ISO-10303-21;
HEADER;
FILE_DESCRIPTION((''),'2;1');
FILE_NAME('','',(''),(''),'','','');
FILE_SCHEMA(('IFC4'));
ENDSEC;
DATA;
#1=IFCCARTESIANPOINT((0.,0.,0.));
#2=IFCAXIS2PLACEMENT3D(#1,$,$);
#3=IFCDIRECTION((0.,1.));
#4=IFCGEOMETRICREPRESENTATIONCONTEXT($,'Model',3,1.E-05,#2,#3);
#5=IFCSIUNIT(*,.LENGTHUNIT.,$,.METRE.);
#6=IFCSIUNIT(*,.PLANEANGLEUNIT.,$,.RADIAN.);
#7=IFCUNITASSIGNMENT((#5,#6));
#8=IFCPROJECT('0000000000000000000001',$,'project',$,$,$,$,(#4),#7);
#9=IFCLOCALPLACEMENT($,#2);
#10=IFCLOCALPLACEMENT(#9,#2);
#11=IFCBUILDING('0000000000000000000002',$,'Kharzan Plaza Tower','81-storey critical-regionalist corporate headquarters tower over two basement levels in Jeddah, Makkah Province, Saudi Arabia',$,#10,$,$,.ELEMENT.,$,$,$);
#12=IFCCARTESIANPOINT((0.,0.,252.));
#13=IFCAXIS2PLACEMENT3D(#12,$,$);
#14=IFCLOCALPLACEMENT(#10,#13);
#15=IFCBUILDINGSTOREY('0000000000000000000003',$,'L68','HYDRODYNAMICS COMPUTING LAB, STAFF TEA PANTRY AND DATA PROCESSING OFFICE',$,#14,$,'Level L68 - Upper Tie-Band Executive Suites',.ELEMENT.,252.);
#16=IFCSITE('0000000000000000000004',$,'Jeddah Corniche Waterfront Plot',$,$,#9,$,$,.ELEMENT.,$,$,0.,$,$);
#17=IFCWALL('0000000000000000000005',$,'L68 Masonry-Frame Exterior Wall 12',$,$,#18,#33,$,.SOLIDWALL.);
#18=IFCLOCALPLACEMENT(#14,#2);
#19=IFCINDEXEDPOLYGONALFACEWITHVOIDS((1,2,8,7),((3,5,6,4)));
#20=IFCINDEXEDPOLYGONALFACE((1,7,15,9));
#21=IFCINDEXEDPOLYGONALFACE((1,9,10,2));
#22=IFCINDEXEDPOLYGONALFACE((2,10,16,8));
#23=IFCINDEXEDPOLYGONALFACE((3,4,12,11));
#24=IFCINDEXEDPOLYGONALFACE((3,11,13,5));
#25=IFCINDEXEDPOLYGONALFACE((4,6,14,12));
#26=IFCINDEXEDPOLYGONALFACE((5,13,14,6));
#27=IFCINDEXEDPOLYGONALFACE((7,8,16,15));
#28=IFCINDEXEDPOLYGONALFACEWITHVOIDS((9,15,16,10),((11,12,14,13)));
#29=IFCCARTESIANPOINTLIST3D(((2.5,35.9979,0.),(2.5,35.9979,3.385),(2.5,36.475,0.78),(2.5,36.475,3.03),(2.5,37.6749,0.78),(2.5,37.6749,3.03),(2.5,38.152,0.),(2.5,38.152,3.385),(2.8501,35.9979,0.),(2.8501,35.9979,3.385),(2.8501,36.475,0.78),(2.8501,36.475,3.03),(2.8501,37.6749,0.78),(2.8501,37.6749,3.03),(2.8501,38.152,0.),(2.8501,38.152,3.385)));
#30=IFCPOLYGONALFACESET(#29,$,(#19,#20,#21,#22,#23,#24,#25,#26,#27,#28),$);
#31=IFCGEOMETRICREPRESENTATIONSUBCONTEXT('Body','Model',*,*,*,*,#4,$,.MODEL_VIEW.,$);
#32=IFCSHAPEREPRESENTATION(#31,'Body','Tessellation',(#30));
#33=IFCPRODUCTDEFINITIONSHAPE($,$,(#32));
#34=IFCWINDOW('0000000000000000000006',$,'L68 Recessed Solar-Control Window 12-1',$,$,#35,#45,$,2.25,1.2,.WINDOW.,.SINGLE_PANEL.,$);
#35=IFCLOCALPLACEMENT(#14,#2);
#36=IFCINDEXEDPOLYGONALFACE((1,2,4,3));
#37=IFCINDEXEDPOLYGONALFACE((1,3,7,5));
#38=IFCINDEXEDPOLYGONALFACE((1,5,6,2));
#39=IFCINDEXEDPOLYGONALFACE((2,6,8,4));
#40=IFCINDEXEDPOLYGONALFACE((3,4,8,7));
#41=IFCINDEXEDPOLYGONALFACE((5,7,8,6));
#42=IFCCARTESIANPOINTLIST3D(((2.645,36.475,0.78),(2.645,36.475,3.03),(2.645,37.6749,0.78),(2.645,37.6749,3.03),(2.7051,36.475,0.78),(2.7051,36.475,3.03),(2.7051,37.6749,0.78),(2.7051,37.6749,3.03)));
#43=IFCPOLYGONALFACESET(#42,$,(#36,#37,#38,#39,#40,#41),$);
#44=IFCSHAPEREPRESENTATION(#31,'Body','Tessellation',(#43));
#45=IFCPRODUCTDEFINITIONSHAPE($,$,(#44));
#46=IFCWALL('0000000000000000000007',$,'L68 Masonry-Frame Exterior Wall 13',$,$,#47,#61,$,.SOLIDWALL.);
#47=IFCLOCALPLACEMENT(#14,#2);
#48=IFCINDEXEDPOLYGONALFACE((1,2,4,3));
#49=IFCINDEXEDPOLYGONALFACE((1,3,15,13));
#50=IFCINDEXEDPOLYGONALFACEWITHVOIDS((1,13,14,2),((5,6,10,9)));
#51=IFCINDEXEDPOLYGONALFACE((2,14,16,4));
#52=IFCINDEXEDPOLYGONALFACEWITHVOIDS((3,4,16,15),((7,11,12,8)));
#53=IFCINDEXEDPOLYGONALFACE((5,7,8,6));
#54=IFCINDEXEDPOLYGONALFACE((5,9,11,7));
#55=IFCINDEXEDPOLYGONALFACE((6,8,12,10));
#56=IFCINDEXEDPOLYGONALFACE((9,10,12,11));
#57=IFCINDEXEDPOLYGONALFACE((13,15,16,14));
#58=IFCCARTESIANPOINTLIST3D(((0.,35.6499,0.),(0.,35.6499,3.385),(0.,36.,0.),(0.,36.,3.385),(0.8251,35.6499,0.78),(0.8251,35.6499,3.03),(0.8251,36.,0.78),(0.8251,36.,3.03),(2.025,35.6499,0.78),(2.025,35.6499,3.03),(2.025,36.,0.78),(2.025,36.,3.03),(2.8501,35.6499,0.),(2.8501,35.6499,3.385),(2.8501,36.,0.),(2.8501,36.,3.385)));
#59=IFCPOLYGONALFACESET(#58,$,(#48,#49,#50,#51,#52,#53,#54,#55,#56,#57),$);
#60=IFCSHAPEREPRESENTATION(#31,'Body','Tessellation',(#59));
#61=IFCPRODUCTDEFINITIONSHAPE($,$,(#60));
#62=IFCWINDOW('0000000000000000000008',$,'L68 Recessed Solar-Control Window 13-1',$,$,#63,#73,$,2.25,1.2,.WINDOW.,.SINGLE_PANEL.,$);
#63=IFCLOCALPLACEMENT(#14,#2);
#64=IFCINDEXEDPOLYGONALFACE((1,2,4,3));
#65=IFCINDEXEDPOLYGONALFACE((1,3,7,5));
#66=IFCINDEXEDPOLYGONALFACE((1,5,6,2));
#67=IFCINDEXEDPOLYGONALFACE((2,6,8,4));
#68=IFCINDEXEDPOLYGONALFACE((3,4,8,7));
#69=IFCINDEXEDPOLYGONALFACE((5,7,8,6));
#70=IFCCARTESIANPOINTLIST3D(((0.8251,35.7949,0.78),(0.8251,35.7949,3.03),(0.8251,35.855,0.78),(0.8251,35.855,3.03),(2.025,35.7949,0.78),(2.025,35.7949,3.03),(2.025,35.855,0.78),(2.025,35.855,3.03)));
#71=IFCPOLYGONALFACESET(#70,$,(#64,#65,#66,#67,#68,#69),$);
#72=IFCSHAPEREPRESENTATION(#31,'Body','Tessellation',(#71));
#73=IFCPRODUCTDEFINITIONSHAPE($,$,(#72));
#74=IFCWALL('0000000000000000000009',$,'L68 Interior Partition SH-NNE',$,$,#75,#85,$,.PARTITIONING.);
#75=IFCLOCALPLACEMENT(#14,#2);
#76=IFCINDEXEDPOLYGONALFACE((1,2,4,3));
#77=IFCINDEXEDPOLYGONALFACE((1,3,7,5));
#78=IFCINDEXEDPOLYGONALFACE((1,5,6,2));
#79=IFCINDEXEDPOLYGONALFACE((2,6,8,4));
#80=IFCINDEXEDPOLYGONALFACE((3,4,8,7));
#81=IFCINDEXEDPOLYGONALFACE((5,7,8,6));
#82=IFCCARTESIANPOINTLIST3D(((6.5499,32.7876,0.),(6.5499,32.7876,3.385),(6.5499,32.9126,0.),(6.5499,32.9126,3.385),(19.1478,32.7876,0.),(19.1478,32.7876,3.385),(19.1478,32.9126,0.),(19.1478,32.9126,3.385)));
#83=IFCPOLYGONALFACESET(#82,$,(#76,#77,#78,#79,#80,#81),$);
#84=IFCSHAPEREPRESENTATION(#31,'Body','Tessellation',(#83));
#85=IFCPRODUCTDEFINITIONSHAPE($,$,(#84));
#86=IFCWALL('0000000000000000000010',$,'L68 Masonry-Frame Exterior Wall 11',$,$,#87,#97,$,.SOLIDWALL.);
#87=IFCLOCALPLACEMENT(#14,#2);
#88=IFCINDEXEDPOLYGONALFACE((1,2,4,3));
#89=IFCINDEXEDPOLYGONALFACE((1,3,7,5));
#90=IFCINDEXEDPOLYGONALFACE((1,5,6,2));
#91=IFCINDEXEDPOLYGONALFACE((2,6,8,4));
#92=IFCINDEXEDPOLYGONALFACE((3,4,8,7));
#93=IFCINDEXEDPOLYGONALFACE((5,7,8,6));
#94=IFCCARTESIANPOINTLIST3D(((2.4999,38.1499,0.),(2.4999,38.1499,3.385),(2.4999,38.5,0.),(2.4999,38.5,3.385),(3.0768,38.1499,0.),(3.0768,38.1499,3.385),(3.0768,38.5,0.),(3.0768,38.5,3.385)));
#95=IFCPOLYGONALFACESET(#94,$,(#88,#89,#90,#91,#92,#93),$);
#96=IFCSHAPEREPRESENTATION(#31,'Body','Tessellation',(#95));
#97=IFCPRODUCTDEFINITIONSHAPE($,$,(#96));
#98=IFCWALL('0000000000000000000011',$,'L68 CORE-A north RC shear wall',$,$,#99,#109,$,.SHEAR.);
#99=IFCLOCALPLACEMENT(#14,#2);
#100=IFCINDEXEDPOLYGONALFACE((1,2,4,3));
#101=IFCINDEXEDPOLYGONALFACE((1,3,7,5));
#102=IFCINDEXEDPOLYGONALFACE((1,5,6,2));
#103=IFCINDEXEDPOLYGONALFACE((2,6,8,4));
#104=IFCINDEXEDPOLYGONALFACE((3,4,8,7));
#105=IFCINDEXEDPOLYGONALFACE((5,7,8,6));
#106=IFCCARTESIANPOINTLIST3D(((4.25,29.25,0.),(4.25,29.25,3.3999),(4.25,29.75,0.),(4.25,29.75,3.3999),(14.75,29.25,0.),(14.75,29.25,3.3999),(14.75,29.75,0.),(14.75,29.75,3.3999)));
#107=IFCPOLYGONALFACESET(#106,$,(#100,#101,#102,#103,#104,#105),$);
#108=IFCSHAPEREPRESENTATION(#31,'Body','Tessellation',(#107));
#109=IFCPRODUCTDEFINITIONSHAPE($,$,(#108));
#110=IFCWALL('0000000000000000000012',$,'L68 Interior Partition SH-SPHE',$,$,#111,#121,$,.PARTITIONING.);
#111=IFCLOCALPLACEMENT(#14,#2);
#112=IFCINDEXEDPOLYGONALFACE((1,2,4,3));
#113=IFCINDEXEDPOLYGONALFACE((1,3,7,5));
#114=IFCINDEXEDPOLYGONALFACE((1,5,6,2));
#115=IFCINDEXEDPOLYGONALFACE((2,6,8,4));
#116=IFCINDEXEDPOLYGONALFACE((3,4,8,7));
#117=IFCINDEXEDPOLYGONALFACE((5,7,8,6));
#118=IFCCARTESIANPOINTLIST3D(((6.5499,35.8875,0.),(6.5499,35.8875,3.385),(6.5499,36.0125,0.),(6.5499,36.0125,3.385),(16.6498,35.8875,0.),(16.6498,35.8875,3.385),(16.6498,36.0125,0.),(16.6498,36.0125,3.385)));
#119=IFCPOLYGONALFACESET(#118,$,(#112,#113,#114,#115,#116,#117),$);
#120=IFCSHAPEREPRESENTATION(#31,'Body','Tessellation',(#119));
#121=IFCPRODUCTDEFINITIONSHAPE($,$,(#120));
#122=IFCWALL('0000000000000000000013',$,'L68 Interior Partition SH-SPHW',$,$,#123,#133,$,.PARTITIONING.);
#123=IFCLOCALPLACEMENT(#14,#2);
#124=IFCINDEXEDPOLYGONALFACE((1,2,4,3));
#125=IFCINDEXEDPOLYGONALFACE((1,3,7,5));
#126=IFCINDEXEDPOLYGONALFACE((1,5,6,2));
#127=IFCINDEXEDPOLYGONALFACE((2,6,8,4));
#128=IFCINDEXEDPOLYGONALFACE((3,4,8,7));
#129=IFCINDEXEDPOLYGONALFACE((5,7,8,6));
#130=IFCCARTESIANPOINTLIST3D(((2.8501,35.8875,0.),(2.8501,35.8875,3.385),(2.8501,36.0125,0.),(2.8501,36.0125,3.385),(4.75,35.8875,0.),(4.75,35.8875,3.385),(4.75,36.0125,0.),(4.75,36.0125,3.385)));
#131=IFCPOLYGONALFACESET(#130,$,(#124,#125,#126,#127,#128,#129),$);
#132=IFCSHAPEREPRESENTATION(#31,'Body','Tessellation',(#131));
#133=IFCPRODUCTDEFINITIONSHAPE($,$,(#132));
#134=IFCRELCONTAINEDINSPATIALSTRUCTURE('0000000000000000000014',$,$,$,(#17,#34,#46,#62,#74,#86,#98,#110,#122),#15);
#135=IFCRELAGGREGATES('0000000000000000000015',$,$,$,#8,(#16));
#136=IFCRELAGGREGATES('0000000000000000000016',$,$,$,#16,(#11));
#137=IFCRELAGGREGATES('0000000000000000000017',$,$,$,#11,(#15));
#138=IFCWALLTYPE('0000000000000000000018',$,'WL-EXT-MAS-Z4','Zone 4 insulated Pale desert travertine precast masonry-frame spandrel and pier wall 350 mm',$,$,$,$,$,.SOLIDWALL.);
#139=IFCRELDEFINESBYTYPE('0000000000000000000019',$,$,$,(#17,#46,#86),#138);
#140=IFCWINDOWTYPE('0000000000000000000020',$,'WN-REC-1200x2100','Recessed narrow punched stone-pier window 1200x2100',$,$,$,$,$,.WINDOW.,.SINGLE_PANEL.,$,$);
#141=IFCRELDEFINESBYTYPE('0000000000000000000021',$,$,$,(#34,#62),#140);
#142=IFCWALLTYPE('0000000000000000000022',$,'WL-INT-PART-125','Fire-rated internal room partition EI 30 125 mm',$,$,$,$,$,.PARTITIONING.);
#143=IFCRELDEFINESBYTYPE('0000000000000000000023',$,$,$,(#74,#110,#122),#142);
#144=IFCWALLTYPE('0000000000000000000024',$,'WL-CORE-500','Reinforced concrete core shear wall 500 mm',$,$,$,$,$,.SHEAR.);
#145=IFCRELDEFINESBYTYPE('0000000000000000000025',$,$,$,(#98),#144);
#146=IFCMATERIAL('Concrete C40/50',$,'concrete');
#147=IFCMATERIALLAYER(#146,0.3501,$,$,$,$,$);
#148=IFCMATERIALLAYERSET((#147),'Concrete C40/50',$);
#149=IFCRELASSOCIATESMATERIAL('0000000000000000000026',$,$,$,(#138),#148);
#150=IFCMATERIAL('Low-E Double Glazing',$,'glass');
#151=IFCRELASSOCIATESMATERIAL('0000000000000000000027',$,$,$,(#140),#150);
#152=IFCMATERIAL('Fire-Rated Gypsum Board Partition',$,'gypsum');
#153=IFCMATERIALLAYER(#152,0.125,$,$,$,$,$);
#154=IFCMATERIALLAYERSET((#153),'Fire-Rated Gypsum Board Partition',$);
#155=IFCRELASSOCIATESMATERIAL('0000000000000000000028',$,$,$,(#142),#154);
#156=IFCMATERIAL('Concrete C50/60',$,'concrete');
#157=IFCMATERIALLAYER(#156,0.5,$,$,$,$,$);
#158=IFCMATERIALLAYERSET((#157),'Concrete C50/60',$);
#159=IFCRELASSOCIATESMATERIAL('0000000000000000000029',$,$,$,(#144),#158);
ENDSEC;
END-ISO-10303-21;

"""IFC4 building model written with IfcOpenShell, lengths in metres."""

from ifc_helpers import new_model, si_unit, direction, frame, frame_2d, origin, place, context, subcontext, project, spatial, rectangle, extrude, source, transform, mapped, material, layer, layer_set, type_object, element, fill, save


model = new_model("IFC4")

# Units and contexts
model_context = context("Model", 3, precision=1e-05, world=origin(), true_north=direction((0.0, 1.0)))
body_context = subcontext(model_context, "Body", "Model", "MODEL_VIEW")
ifc_project = project(units=[si_unit("LENGTHUNIT", "METRE"), si_unit("PLANEANGLEUNIT", "RADIAN")], contexts=[model_context])

# Site, building, storey
site_placement = place(None, origin())
site = spatial("IfcSite", under=ifc_project, at=site_placement, Name="Jeddah Corniche Waterfront Plot", CompositionType="ELEMENT", RefElevation=0.0)
building_placement = place(site_placement, origin())
building = spatial("IfcBuilding", under=site, at=building_placement, Name="Kharzan Plaza Tower", Description="81-storey critical-regionalist corporate headquarters tower over two basement levels in Jeddah, Makkah Province, Saudi Arabia", CompositionType="ELEMENT")
storey_placement = place(building_placement, frame((0.0, 0.0, 252.0)))
storey = spatial("IfcBuildingStorey", under=building, at=storey_placement, Name="L68", Description="HYDRODYNAMICS COMPUTING LAB, STAFF TEA PANTRY AND DATA PROCESSING OFFICE", LongName="Level L68 - Upper Tie-Band Executive Suites", CompositionType="ELEMENT", Elevation=252.0)

# Shared definitions
ifc_material_1 = material(Name="Concrete C50/60", Category="concrete")

# Walls, openings, windows
ifc_material_2 = material(Name="Concrete C40/50", Category="concrete")
ifc_layer_1 = layer(ifc_material_2, 0.3501)
ifc_layer_set_1 = layer_set([ifc_layer_1], Name="Concrete C40/50")
wall_type_1 = type_object("IfcWallType", Name="WL-EXT-MAS-Z4", Description="Zone 4 insulated Pale desert travertine precast masonry-frame spandrel and pier wall 350 mm", PredefinedType="SOLIDWALL", material=ifc_layer_set_1)
ifc_material_3 = material(Name="Low-E Double Glazing", Category="glass")
wall_1_placement = place(storey_placement, frame((2.675, 38.1521, 0.0), z_axis=(0.0, 0.0, 1.0), x_axis=(0.0, -1.0, 0.0)))
wall_1 = element("IfcWall", 1, at=wall_1_placement, inside=storey, type_object=wall_type_1, Name="L68 Masonry-Frame Exterior Wall 12", PredefinedType="SOLIDWALL", context=body_context, shape_type="SweptSolid", body=[
    extrude(rectangle(XDim=2.1541, YDim=0.3501, at=frame_2d((1.0771, 0.0))), origin(), (0.0, 0.0, 1.0), 3.385),
])
opening_1_placement = place(wall_1_placement, frame((0.4771, 0.0, 0.78)))
opening_1 = element("IfcOpeningElement", 2, at=opening_1_placement, cuts=wall_1, PredefinedType="OPENING", context=body_context, shape_type="SweptSolid", body=[
    extrude(rectangle(XDim=1.2, YDim=2.25, at=frame_2d((0.6001, 1.125))), frame((0.0, 0.1851, 0.0), z_axis=(0.0, -1.0, 0.0), x_axis=(1.0, 0.0, 0.0)), (0.0, 0.0, 1.0), 0.3701),
])
window_type_1 = type_object("IfcWindowType", Name="WN-REC-1200x2100", Description="Recessed narrow punched stone-pier window 1200x2100", PartitioningType="SINGLE_PANEL", PredefinedType="WINDOW", material=ifc_material_3)
shared_shape_1 = source(origin(), body_context, "Body", "SweptSolid", [
    extrude(rectangle(XDim=1.2, YDim=2.25, at=frame_2d((0.6001, 1.125))), frame((0.0, 0.03, 0.0), z_axis=(0.0, -1.0, 0.0), x_axis=(1.0, 0.0, 0.0)), (0.0, 0.0, 1.0), 0.0601),
])
window_1_placement = place(opening_1_placement, origin())
window_1 = element("IfcWindow", 3, at=window_1_placement, inside=storey, type_object=window_type_1, Name="L68 Recessed Solar-Control Window 12-1", OverallHeight=2.25, OverallWidth=1.2, PartitioningType="SINGLE_PANEL", PredefinedType="WINDOW", context=body_context, shape_type="MappedRepresentation", body=[
    mapped(shared_shape_1, transform((0.0, 0.0, 0.0), x_axis=(1.0, 0.0, 0.0), y_axis=(0.0, 1.0, 0.0), z_axis=(0.0, 0.0, 1.0))),
])
fill(opening_1, window_1)
wall_2_placement = place(storey_placement, frame((2.8501, 35.825, 0.0), z_axis=(0.0, 0.0, 1.0), x_axis=(-1.0, 0.0, 0.0)))
wall_2 = element("IfcWall", 4, at=wall_2_placement, inside=storey, type_object=wall_type_1, Name="L68 Masonry-Frame Exterior Wall 13", PredefinedType="SOLIDWALL", context=body_context, shape_type="SweptSolid", body=[
    extrude(rectangle(XDim=2.8501, YDim=0.3501, at=frame_2d((1.425, 0.0))), origin(), (0.0, 0.0, 1.0), 3.385),
])
opening_2_placement = place(wall_2_placement, frame((0.825, 0.0, 0.78)))
opening_2 = element("IfcOpeningElement", 5, at=opening_2_placement, cuts=wall_2, PredefinedType="OPENING", context=body_context, shape_type="SweptSolid", body=[
    extrude(rectangle(XDim=1.2, YDim=2.25, at=frame_2d((0.6001, 1.125))), frame((0.0, 0.1851, 0.0), z_axis=(0.0, -1.0, 0.0), x_axis=(1.0, 0.0, 0.0)), (0.0, 0.0, 1.0), 0.3701),
])
window_2_placement = place(opening_2_placement, origin())
window_2 = element("IfcWindow", 6, at=window_2_placement, inside=storey, type_object=window_type_1, Name="L68 Recessed Solar-Control Window 13-1", OverallHeight=2.25, OverallWidth=1.2, PartitioningType="SINGLE_PANEL", PredefinedType="WINDOW", context=body_context, shape_type="MappedRepresentation", body=[
    mapped(shared_shape_1, transform((0.0, 0.0, 0.0), x_axis=(1.0, 0.0, 0.0), y_axis=(0.0, 1.0, 0.0), z_axis=(0.0, 0.0, 1.0))),
])
fill(opening_2, window_2)

# Shared definitions
ifc_material_4 = material(Name="Fire-Rated Gypsum Board Partition", Category="gypsum")
ifc_layer_2 = layer(ifc_material_4, 0.125)
ifc_layer_set_2 = layer_set([ifc_layer_2], Name="Fire-Rated Gypsum Board Partition")
wall_type_2 = type_object("IfcWallType", Name="WL-INT-PART-125", Description="Fire-rated internal room partition EI 30 125 mm", PredefinedType="PARTITIONING", material=ifc_layer_set_2)

# Walls
shared_shape_2 = source(origin(), body_context, "Body", "SweptSolid", [
    extrude(rectangle(XDim=12.5979, YDim=0.125, at=frame_2d((6.2988, 0.0))), origin(), (0.0, 0.0, 1.0), 3.385),
])
wall_3_placement = place(storey_placement, frame((6.55, 32.8501, 0.0), z_axis=(0.0, 0.0, 1.0), x_axis=(1.0, 0.0, 0.0)))
element("IfcWall", 7, at=wall_3_placement, inside=storey, type_object=wall_type_2, Name="L68 Interior Partition SH-NNE", PredefinedType="PARTITIONING", context=body_context, shape_type="MappedRepresentation", body=[
    mapped(shared_shape_2, transform((0.0, 0.0, 0.0), x_axis=(1.0, 0.0, 0.0), y_axis=(0.0, 1.0, 0.0), z_axis=(0.0, 0.0, 1.0))),
])
shared_shape_3 = source(origin(), body_context, "Body", "SweptSolid", [
    extrude(rectangle(XDim=0.5769, YDim=0.3501, at=frame_2d((0.2886, 0.0))), origin(), (0.0, 0.0, 1.0), 3.385),
])
wall_4_placement = place(storey_placement, frame((3.0769, 38.325, 0.0), z_axis=(0.0, 0.0, 1.0), x_axis=(-1.0, 0.0, 0.0)))
element("IfcWall", 8, at=wall_4_placement, inside=storey, type_object=wall_type_1, Name="L68 Masonry-Frame Exterior Wall 11", PredefinedType="SOLIDWALL", context=body_context, shape_type="MappedRepresentation", body=[
    mapped(shared_shape_3, transform((0.0, 0.0, 0.0), x_axis=(1.0, 0.0, 0.0), y_axis=(0.0, 1.0, 0.0), z_axis=(0.0, 0.0, 1.0))),
])
ifc_layer_3 = layer(ifc_material_1, 0.5)
ifc_layer_set_3 = layer_set([ifc_layer_3], Name="Concrete C50/60")
wall_type_3 = type_object("IfcWallType", Name="WL-CORE-500", Description="Reinforced concrete core shear wall 500 mm", PredefinedType="SHEAR", material=ifc_layer_set_3)
shared_shape_4 = source(origin(), body_context, "Body", "SweptSolid", [
    extrude(rectangle(XDim=10.5, YDim=0.5, at=frame_2d((5.25, 0.0))), origin(), (0.0, 0.0, 1.0), 3.3999),
])
wall_5_placement = place(storey_placement, frame((4.25, 29.5, 0.0), z_axis=(0.0, 0.0, 1.0), x_axis=(1.0, 0.0, 0.0)))
element("IfcWall", 9, at=wall_5_placement, inside=storey, type_object=wall_type_3, Name="L68 CORE-A north RC shear wall", PredefinedType="SHEAR", context=body_context, shape_type="MappedRepresentation", body=[
    mapped(shared_shape_4, transform((0.0, 0.0, 0.0), x_axis=(1.0, 0.0, 0.0), y_axis=(0.0, 1.0, 0.0), z_axis=(0.0, 0.0, 1.0))),
])
shared_shape_5 = source(origin(), body_context, "Body", "SweptSolid", [
    extrude(rectangle(XDim=10.0999, YDim=0.125, at=frame_2d((5.0498, 0.0))), origin(), (0.0, 0.0, 1.0), 3.385),
])
wall_6_placement = place(storey_placement, frame((6.55, 35.95, 0.0), z_axis=(0.0, 0.0, 1.0), x_axis=(1.0, 0.0, 0.0)))
element("IfcWall", 10, at=wall_6_placement, inside=storey, type_object=wall_type_2, Name="L68 Interior Partition SH-SPHE", PredefinedType="PARTITIONING", context=body_context, shape_type="MappedRepresentation", body=[
    mapped(shared_shape_5, transform((0.0, 0.0, 0.0), x_axis=(1.0, 0.0, 0.0), y_axis=(0.0, 1.0, 0.0), z_axis=(0.0, 0.0, 1.0))),
])
shared_shape_6 = source(origin(), body_context, "Body", "SweptSolid", [
    extrude(rectangle(XDim=1.8999, YDim=0.125, at=frame_2d((0.95, 0.0))), origin(), (0.0, 0.0, 1.0), 3.385),
])
wall_7_placement = place(storey_placement, frame((2.8501, 35.95, 0.0), z_axis=(0.0, 0.0, 1.0), x_axis=(1.0, 0.0, 0.0)))
element("IfcWall", 11, at=wall_7_placement, inside=storey, type_object=wall_type_2, Name="L68 Interior Partition SH-SPHW", PredefinedType="PARTITIONING", context=body_context, shape_type="MappedRepresentation", body=[
    mapped(shared_shape_6, transform((0.0, 0.0, 0.0), x_axis=(1.0, 0.0, 0.0), y_axis=(0.0, 1.0, 0.0), z_axis=(0.0, 0.0, 1.0))),
])

save(model, "model.ifc")
